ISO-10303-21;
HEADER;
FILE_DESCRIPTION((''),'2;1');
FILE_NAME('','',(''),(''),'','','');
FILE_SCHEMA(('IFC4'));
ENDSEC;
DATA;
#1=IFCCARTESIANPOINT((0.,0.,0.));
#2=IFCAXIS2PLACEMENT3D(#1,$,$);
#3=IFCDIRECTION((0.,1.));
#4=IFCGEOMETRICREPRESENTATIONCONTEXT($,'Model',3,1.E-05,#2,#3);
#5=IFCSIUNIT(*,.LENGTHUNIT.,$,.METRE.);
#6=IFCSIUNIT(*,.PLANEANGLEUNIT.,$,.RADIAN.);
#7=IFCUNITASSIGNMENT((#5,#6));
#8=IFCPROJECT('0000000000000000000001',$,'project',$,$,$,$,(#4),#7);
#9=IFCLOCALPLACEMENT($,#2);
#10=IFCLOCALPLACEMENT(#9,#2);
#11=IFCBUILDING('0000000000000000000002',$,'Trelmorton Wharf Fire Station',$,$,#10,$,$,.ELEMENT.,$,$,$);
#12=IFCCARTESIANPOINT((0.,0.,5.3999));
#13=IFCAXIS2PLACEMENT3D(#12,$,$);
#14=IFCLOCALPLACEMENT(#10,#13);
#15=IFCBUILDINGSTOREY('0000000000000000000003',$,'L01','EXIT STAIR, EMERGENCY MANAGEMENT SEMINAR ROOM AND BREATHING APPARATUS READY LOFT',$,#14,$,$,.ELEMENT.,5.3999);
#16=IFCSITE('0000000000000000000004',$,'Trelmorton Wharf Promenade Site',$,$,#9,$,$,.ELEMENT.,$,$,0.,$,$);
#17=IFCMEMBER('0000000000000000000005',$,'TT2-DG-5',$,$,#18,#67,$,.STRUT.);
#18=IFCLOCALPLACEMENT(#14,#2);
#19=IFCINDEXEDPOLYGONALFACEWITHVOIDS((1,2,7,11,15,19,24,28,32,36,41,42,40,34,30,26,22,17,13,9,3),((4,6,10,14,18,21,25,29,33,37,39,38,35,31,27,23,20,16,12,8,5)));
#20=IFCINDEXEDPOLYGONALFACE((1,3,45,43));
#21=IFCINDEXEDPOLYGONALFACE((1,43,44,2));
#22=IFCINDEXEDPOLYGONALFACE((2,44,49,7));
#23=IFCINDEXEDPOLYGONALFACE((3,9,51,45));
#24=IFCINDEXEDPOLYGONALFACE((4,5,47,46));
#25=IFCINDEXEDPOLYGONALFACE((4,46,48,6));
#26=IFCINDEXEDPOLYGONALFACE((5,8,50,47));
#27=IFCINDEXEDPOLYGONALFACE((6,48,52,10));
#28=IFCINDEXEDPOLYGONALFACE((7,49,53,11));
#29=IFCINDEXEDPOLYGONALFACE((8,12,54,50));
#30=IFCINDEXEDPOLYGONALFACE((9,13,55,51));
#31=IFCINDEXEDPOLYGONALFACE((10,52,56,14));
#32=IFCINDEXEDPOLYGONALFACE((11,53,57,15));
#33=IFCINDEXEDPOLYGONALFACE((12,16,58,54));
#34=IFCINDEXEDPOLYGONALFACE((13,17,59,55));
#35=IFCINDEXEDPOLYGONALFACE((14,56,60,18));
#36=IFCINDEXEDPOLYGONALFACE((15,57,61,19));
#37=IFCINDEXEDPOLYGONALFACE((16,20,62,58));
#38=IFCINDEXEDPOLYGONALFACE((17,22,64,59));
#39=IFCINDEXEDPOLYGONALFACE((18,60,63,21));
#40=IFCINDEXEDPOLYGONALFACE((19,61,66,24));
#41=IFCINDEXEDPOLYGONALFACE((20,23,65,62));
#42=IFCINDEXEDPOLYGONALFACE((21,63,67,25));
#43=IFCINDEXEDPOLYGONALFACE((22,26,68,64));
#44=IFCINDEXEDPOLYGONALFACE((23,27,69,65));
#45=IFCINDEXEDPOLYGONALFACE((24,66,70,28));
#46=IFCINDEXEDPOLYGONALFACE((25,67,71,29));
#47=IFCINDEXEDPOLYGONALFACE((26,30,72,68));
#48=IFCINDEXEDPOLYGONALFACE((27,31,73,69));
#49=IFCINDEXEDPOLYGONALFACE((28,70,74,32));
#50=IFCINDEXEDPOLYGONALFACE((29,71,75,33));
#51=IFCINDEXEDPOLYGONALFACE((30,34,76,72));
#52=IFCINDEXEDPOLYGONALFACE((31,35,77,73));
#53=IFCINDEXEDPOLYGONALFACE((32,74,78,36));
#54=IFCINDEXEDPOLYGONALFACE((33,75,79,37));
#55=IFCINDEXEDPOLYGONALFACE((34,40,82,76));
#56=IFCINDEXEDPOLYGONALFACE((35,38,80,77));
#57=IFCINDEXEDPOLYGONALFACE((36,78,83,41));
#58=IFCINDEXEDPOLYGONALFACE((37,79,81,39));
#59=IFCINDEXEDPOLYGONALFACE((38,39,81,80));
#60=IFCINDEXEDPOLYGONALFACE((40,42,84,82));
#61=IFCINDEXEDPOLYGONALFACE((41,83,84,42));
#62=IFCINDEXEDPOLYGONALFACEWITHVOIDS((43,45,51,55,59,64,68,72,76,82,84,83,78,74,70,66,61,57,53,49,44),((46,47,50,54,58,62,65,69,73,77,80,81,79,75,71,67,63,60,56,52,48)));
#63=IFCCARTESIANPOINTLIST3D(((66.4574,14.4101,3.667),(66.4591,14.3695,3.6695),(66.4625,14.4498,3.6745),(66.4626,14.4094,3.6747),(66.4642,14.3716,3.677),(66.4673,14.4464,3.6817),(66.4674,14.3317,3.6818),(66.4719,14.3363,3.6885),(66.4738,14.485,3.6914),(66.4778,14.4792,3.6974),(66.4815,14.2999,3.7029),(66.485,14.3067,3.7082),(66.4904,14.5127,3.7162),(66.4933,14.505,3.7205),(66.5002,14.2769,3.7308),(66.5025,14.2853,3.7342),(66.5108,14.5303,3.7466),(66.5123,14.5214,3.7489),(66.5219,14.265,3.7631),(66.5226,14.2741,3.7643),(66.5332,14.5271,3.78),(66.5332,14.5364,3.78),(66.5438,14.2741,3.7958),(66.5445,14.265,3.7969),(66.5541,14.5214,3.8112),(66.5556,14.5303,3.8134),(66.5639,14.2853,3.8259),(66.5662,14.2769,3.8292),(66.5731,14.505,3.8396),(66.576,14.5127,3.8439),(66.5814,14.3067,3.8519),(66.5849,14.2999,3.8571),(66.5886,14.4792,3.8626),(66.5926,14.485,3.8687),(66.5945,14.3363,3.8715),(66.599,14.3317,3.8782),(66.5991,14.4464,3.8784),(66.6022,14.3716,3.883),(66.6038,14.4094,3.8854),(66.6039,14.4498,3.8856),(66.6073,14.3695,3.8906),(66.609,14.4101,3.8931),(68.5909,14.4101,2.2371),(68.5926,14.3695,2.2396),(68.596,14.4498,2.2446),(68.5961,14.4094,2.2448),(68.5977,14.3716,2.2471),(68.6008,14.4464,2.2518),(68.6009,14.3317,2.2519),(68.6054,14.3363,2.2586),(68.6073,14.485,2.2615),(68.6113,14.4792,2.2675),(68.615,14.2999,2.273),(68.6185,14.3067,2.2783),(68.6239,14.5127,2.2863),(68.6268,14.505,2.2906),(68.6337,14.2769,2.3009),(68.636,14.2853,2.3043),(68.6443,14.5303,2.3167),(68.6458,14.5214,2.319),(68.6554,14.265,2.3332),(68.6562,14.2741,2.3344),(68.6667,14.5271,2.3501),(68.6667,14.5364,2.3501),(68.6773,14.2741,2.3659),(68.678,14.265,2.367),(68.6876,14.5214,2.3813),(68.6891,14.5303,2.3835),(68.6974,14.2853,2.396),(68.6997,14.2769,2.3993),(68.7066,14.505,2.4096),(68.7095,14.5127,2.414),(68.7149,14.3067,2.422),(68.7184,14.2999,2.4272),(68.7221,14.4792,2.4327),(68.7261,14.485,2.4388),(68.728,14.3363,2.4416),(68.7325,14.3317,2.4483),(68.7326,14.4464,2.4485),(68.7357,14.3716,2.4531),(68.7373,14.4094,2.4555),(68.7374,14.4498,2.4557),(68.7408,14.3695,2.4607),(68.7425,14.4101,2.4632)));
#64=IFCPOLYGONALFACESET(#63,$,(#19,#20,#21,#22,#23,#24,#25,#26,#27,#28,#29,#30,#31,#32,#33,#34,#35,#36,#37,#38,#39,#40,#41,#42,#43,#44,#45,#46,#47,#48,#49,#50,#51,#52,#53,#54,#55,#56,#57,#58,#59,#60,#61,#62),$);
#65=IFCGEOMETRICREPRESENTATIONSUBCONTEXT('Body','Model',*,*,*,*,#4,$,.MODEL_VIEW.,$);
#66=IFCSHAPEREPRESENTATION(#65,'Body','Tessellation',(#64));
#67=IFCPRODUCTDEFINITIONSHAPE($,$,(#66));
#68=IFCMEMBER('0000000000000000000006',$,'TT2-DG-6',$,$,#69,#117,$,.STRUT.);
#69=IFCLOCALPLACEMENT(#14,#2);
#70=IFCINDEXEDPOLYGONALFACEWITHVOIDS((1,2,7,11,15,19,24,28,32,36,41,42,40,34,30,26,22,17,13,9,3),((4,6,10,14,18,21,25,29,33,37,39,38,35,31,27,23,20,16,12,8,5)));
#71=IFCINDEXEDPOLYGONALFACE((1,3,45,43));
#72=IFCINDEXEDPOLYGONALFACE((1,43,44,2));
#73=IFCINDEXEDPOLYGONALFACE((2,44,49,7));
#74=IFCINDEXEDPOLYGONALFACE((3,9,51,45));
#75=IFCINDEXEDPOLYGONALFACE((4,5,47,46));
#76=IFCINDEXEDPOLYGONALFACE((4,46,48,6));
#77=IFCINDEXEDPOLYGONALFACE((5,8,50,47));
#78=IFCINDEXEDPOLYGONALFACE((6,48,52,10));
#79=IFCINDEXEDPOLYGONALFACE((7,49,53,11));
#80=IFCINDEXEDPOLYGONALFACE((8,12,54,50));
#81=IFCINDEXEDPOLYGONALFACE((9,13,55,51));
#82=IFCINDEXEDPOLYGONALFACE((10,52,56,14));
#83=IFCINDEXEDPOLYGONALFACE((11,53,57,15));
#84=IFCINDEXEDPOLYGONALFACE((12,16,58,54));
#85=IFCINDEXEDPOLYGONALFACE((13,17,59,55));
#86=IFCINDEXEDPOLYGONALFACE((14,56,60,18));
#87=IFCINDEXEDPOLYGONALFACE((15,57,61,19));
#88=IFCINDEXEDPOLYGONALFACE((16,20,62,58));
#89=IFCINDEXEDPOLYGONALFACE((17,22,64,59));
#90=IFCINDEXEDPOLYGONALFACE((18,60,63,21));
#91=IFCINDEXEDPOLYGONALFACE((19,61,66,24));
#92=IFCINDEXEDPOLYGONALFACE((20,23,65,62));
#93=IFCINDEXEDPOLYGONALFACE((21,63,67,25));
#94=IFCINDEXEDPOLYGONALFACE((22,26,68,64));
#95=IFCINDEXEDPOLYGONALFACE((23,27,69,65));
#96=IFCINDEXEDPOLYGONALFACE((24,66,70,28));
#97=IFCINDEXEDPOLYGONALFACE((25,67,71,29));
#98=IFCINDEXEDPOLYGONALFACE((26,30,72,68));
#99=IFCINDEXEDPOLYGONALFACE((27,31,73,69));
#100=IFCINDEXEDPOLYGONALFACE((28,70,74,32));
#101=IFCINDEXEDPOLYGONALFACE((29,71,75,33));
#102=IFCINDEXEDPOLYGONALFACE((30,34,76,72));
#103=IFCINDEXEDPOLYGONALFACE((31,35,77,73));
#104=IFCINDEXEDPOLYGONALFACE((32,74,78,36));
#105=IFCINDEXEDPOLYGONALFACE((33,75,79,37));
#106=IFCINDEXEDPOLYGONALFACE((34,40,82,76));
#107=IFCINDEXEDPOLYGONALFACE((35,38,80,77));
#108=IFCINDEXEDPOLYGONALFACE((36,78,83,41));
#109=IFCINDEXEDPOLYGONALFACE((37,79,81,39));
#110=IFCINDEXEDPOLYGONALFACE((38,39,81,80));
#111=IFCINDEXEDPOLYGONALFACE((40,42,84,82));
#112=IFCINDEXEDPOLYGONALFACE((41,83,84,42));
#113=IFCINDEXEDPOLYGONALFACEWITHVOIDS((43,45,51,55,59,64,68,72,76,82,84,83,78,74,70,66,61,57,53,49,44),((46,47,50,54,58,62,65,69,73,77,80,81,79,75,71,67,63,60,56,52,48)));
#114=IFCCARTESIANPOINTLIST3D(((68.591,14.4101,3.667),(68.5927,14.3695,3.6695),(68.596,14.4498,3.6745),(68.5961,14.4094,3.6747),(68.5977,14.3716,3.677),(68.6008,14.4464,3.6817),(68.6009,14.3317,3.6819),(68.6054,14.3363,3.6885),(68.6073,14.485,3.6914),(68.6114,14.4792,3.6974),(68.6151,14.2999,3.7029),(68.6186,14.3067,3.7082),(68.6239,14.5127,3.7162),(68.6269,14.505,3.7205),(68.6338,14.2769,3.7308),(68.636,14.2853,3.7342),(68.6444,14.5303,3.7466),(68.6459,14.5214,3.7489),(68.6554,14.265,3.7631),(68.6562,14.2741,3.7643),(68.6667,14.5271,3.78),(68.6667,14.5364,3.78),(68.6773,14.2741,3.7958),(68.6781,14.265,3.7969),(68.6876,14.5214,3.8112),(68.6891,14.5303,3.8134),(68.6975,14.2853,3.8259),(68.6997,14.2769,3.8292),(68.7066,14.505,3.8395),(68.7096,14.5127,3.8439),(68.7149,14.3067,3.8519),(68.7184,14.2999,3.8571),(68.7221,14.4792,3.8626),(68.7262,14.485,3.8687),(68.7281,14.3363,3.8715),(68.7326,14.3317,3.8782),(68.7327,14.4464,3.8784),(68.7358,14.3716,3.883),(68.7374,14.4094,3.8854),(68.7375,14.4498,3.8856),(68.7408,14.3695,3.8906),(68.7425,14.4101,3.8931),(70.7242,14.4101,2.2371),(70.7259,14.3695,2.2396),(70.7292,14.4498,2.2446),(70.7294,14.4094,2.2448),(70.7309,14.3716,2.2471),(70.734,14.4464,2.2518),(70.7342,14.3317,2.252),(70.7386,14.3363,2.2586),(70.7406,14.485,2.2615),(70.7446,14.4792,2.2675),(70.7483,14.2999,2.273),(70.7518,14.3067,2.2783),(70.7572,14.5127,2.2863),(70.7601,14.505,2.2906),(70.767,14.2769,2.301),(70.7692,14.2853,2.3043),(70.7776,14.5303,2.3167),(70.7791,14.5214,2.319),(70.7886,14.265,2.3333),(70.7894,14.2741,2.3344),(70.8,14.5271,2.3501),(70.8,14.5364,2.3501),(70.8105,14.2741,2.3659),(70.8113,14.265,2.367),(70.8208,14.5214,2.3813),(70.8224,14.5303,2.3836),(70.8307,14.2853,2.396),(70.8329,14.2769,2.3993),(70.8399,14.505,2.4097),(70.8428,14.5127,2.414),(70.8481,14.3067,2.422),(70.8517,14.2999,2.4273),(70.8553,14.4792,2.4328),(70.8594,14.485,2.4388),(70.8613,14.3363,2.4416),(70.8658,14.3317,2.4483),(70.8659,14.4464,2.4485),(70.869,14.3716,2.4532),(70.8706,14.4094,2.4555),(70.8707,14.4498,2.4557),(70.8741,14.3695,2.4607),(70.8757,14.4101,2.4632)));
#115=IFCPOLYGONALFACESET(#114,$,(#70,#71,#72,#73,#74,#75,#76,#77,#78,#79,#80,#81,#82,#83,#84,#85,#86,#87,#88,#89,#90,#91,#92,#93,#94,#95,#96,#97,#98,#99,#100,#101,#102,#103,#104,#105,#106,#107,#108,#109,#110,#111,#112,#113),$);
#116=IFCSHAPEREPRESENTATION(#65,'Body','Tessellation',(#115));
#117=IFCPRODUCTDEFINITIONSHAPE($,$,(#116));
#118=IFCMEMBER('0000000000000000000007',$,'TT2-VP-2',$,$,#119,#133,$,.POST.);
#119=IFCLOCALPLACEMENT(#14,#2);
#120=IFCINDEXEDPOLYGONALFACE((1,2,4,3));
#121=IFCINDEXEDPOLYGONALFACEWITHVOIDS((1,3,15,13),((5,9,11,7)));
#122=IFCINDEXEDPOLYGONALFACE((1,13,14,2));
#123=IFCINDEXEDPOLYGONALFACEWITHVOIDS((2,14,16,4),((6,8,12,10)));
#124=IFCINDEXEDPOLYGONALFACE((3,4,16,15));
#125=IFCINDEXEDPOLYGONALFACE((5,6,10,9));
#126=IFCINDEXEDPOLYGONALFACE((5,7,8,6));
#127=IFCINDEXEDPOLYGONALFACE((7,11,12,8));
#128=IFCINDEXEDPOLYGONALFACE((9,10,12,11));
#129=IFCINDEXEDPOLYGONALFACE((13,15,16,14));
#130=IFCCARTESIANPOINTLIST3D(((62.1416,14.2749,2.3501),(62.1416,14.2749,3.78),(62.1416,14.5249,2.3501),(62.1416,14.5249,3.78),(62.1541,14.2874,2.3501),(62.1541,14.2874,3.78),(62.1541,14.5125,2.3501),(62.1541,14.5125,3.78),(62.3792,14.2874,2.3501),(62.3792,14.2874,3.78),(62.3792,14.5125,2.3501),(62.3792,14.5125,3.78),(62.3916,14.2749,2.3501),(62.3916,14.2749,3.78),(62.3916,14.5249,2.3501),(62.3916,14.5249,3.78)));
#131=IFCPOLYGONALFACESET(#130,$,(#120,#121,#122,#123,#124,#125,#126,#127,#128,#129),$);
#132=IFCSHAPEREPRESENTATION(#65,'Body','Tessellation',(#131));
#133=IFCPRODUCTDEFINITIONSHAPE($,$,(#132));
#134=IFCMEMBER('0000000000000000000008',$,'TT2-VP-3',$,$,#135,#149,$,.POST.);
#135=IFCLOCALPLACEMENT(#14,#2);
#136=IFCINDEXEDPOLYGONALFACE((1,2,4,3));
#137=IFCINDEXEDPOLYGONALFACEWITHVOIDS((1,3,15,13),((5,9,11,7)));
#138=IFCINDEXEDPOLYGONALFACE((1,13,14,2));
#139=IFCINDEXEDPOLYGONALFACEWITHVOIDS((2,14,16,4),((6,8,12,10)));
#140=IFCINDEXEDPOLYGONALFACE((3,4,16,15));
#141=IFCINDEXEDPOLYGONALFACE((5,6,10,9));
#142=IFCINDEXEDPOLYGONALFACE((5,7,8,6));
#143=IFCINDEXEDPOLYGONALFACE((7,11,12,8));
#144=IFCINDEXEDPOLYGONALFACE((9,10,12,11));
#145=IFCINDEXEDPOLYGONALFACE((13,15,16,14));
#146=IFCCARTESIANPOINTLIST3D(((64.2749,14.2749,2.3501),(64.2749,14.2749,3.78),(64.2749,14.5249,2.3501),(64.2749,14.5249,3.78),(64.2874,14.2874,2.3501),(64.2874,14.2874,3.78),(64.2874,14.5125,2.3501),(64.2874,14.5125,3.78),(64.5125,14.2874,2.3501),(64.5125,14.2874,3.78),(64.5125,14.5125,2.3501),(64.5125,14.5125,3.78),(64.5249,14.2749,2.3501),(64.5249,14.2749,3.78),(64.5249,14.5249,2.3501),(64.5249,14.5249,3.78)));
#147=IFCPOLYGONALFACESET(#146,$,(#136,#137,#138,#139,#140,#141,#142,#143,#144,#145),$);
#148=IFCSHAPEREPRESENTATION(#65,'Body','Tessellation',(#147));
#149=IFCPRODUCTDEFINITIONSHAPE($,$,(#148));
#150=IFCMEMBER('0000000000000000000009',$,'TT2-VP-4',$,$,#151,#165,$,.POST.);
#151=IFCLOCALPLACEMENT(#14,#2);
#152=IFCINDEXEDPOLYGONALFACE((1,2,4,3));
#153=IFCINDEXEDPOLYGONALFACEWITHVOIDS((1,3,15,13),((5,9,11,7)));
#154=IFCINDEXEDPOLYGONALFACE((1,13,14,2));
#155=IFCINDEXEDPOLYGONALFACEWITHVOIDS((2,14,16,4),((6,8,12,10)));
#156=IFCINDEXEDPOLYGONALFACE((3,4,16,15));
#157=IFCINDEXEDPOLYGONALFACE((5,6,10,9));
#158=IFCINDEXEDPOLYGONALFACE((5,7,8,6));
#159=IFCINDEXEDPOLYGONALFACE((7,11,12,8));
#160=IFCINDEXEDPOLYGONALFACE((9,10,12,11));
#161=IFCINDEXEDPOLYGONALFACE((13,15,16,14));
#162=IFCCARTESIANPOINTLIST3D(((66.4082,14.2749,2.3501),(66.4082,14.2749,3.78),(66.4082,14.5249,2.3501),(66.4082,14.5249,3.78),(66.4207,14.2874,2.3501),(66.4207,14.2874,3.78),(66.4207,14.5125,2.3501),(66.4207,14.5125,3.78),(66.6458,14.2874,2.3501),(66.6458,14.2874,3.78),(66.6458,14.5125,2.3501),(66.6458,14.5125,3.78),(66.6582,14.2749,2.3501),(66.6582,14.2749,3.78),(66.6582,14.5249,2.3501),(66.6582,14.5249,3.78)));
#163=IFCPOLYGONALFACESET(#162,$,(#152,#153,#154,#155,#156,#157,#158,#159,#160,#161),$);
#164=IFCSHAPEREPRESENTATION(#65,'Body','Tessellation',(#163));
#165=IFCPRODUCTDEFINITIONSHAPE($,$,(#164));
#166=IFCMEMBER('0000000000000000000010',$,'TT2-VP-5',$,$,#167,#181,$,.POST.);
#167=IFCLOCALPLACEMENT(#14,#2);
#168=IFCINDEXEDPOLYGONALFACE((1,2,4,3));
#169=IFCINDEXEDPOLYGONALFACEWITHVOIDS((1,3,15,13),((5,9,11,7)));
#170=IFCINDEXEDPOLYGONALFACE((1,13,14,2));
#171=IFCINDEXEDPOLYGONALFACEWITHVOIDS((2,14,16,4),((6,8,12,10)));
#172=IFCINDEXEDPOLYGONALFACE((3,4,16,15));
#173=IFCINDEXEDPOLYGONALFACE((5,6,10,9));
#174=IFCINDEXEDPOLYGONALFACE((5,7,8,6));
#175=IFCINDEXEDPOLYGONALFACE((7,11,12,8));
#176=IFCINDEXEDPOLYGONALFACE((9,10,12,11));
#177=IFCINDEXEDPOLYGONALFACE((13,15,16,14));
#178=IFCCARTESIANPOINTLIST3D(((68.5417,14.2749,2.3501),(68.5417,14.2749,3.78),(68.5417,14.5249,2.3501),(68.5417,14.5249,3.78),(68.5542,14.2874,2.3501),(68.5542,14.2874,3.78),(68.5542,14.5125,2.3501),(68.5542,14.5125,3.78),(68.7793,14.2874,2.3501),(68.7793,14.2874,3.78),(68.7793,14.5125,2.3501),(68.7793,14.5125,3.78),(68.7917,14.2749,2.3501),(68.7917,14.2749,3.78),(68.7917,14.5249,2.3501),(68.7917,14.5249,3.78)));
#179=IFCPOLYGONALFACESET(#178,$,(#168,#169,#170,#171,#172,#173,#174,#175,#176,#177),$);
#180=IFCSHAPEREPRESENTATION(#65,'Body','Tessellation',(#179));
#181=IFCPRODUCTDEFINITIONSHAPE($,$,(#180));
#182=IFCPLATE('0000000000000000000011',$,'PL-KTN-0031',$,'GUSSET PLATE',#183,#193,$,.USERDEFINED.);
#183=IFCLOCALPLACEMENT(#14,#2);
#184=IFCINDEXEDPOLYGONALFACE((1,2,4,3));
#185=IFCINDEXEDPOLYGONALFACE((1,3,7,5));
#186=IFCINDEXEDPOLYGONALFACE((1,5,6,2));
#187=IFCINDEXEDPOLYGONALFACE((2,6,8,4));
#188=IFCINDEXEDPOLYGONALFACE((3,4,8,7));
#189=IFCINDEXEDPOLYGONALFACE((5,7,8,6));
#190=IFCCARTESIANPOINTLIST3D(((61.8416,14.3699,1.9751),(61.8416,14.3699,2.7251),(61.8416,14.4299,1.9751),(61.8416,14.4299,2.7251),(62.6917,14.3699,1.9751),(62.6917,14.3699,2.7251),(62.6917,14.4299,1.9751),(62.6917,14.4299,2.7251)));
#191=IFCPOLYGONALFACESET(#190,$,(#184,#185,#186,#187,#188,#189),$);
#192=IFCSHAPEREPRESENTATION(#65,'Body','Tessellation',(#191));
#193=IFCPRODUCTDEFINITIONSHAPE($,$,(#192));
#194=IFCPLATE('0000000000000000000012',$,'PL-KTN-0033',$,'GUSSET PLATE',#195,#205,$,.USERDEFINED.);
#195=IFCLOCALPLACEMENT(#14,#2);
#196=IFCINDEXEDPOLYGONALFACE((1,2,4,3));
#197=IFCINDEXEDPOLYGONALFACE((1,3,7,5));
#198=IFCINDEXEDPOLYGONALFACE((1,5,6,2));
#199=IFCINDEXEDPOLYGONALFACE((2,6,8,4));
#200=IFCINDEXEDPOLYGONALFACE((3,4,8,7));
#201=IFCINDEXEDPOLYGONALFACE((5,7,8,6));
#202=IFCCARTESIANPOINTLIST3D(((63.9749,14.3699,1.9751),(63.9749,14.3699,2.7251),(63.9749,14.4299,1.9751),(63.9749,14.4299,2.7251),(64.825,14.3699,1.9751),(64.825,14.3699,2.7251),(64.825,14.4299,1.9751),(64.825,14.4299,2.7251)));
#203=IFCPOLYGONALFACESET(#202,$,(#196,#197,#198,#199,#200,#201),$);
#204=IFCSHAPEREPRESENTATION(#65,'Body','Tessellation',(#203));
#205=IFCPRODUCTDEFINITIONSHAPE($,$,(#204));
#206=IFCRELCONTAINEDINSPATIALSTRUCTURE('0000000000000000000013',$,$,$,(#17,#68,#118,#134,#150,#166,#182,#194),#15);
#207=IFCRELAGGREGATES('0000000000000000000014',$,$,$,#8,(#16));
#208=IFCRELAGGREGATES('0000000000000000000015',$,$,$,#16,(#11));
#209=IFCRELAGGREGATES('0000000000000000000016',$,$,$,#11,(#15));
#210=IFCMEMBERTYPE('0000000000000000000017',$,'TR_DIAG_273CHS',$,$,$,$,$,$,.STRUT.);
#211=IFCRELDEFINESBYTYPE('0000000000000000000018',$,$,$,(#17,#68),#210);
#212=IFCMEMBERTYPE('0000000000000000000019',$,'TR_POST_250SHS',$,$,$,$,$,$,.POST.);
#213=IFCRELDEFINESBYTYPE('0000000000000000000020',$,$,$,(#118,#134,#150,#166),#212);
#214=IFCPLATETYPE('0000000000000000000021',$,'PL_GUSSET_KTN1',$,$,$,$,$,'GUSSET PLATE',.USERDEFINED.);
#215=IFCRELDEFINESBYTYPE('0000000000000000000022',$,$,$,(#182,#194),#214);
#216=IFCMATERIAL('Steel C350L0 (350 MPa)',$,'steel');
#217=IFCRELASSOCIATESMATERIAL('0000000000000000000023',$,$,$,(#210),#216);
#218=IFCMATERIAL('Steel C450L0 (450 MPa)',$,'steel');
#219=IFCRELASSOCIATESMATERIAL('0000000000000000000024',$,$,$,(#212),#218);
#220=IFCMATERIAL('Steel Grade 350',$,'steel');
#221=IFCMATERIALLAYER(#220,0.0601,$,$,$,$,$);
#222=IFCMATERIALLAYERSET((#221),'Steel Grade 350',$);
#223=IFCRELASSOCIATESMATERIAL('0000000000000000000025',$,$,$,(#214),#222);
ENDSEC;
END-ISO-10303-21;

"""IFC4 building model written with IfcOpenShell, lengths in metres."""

from ifc_helpers import new_model, si_unit, direction, frame, origin, origin_2d, place, context, subcontext, project, spatial, rectangle, hollow_rectangle, hollow_circle, extrude, material, layer, layer_set, material_profile, profile_set, type_object, element, save


model = new_model("IFC4")

# Units and contexts
model_context = context("Model", 3, precision=1e-05, world=origin(), true_north=direction((0.0, 1.0)))
body_context = subcontext(model_context, "Body", "Model", "MODEL_VIEW")
ifc_project = project(units=[si_unit("LENGTHUNIT", "METRE"), si_unit("PLANEANGLEUNIT", "RADIAN")], contexts=[model_context])

# Site, building, storey
site_placement = place(None, origin())
site = spatial("IfcSite", under=ifc_project, at=site_placement, Name="Trelmorton Wharf Promenade Site", CompositionType="ELEMENT", RefElevation=0.0)
building_placement = place(site_placement, origin())
building = spatial("IfcBuilding", under=site, at=building_placement, Name="Trelmorton Wharf Fire Station", CompositionType="ELEMENT")
storey_placement = place(building_placement, frame((0.0, 0.0, 5.3999)))
storey = spatial("IfcBuildingStorey", under=building, at=storey_placement, Name="L01", Description="EXIT STAIR, EMERGENCY MANAGEMENT SEMINAR ROOM AND BREATHING APPARATUS READY LOFT", CompositionType="ELEMENT", Elevation=5.3999)

# Members
ifc_material_1 = material(Name="Steel Grade 350", Category="steel")
ifc_material_2 = material(Name="Steel C350L0 (350 MPa)", Category="steel")
ifc_material_profile_1 = material_profile(ifc_material_2, hollow_circle(Radius=0.1365, WallThickness=0.0093, at=origin_2d()), Name="273.1x9.3CHS")
ifc_profile_set_1 = profile_set([ifc_material_profile_1], Name="Steel C350L0 (350 MPa)")
member_type_1 = type_object("IfcMemberType", Name="TR_DIAG_273CHS", PredefinedType="STRUT", material=ifc_profile_set_1)
member_1_placement = place(storey_placement, frame((66.5332, 14.3999, 3.78), z_axis=(0.830688, 0.0, -0.556739), x_axis=(0.0, 1.0, 0.0)))
element("IfcMember", 1, at=member_1_placement, inside=storey, type_object=member_type_1, Name="TT2-DG-5", PredefinedType="STRUT", context=body_context, shape_type="SweptSolid", body=[
    extrude(hollow_circle(Radius=0.1365, WallThickness=0.0093, at=origin_2d()), origin(), (0.0, 0.0, 1.0), 2.5684),
])
member_2_placement = place(storey_placement, frame((68.6667, 14.3999, 3.78), z_axis=(0.830658, 0.0, -0.556783), x_axis=(0.0, 1.0, 0.0)))
element("IfcMember", 2, at=member_2_placement, inside=storey, type_object=member_type_1, Name="TT2-DG-6", PredefinedType="STRUT", context=body_context, shape_type="SweptSolid", body=[
    extrude(hollow_circle(Radius=0.1365, WallThickness=0.0093, at=origin_2d()), origin(), (0.0, 0.0, 1.0), 2.5681),
])
ifc_material_3 = material(Name="Steel C450L0 (450 MPa)", Category="steel")
ifc_material_profile_2 = material_profile(ifc_material_3, hollow_rectangle(XDim=0.25, YDim=0.25, WallThickness=0.0125, at=origin_2d()), Name="250x250x12.5SHS")
ifc_profile_set_2 = profile_set([ifc_material_profile_2], Name="Steel C450L0 (450 MPa)")
member_type_2 = type_object("IfcMemberType", Name="TR_POST_250SHS", PredefinedType="POST", material=ifc_profile_set_2)
for number, where, z_axis, x_axis, name in (
    (3, (62.2666, 14.3999, 2.3501), (0.0, 0.0, 1.0), (1.0, 0.0, 0.0), "TT2-VP-2"),
    (4, (64.3999, 14.3999, 2.3501), (0.0, 0.0, 1.0), (1.0, 0.0, 0.0), "TT2-VP-3"),
    (5, (66.5332, 14.3999, 2.3501), (0.0, 0.0, 1.0), (1.0, 0.0, 0.0), "TT2-VP-4"),
    (6, (68.6667, 14.3999, 2.3501), (0.0, 0.0, 1.0), (1.0, 0.0, 0.0), "TT2-VP-5"),
):
    element("IfcMember", number, at=place(storey_placement, frame(where, z_axis=z_axis, x_axis=x_axis)), inside=storey, type_object=member_type_2, Name=name, PredefinedType="POST", context=body_context, shape_type="SweptSolid", body=[
        extrude(hollow_rectangle(XDim=0.25, YDim=0.25, WallThickness=0.0125, at=origin_2d()), origin(), (0.0, 0.0, 1.0), 1.4299),
    ])

# Plates
ifc_layer_1 = layer(ifc_material_1, 0.0601)
ifc_layer_set_1 = layer_set([ifc_layer_1], Name="Steel Grade 350")
plate_type_1 = type_object("IfcPlateType", Name="PL_GUSSET_KTN1", ElementType="GUSSET PLATE", PredefinedType="USERDEFINED", material=ifc_layer_set_1)
for number, where, z_axis, x_axis, name in (
    (7, (62.2666, 14.3999, 1.9751), (0.0, 0.0, 1.0), (1.0, 0.0, 0.0), "PL-KTN-0031"),
    (8, (64.3999, 14.3999, 1.9751), (0.0, 0.0, 1.0), (1.0, 0.0, 0.0), "PL-KTN-0033"),
):
    element("IfcPlate", number, at=place(storey_placement, frame(where, z_axis=z_axis, x_axis=x_axis)), inside=storey, type_object=plate_type_1, Name=name, ObjectType="GUSSET PLATE", PredefinedType="USERDEFINED", context=body_context, shape_type="SweptSolid", body=[
        extrude(rectangle(XDim=0.8501, YDim=0.0601, at=origin_2d()), origin(), (0.0, 0.0, 1.0), 0.75),
    ])

save(model, "model.ifc")
